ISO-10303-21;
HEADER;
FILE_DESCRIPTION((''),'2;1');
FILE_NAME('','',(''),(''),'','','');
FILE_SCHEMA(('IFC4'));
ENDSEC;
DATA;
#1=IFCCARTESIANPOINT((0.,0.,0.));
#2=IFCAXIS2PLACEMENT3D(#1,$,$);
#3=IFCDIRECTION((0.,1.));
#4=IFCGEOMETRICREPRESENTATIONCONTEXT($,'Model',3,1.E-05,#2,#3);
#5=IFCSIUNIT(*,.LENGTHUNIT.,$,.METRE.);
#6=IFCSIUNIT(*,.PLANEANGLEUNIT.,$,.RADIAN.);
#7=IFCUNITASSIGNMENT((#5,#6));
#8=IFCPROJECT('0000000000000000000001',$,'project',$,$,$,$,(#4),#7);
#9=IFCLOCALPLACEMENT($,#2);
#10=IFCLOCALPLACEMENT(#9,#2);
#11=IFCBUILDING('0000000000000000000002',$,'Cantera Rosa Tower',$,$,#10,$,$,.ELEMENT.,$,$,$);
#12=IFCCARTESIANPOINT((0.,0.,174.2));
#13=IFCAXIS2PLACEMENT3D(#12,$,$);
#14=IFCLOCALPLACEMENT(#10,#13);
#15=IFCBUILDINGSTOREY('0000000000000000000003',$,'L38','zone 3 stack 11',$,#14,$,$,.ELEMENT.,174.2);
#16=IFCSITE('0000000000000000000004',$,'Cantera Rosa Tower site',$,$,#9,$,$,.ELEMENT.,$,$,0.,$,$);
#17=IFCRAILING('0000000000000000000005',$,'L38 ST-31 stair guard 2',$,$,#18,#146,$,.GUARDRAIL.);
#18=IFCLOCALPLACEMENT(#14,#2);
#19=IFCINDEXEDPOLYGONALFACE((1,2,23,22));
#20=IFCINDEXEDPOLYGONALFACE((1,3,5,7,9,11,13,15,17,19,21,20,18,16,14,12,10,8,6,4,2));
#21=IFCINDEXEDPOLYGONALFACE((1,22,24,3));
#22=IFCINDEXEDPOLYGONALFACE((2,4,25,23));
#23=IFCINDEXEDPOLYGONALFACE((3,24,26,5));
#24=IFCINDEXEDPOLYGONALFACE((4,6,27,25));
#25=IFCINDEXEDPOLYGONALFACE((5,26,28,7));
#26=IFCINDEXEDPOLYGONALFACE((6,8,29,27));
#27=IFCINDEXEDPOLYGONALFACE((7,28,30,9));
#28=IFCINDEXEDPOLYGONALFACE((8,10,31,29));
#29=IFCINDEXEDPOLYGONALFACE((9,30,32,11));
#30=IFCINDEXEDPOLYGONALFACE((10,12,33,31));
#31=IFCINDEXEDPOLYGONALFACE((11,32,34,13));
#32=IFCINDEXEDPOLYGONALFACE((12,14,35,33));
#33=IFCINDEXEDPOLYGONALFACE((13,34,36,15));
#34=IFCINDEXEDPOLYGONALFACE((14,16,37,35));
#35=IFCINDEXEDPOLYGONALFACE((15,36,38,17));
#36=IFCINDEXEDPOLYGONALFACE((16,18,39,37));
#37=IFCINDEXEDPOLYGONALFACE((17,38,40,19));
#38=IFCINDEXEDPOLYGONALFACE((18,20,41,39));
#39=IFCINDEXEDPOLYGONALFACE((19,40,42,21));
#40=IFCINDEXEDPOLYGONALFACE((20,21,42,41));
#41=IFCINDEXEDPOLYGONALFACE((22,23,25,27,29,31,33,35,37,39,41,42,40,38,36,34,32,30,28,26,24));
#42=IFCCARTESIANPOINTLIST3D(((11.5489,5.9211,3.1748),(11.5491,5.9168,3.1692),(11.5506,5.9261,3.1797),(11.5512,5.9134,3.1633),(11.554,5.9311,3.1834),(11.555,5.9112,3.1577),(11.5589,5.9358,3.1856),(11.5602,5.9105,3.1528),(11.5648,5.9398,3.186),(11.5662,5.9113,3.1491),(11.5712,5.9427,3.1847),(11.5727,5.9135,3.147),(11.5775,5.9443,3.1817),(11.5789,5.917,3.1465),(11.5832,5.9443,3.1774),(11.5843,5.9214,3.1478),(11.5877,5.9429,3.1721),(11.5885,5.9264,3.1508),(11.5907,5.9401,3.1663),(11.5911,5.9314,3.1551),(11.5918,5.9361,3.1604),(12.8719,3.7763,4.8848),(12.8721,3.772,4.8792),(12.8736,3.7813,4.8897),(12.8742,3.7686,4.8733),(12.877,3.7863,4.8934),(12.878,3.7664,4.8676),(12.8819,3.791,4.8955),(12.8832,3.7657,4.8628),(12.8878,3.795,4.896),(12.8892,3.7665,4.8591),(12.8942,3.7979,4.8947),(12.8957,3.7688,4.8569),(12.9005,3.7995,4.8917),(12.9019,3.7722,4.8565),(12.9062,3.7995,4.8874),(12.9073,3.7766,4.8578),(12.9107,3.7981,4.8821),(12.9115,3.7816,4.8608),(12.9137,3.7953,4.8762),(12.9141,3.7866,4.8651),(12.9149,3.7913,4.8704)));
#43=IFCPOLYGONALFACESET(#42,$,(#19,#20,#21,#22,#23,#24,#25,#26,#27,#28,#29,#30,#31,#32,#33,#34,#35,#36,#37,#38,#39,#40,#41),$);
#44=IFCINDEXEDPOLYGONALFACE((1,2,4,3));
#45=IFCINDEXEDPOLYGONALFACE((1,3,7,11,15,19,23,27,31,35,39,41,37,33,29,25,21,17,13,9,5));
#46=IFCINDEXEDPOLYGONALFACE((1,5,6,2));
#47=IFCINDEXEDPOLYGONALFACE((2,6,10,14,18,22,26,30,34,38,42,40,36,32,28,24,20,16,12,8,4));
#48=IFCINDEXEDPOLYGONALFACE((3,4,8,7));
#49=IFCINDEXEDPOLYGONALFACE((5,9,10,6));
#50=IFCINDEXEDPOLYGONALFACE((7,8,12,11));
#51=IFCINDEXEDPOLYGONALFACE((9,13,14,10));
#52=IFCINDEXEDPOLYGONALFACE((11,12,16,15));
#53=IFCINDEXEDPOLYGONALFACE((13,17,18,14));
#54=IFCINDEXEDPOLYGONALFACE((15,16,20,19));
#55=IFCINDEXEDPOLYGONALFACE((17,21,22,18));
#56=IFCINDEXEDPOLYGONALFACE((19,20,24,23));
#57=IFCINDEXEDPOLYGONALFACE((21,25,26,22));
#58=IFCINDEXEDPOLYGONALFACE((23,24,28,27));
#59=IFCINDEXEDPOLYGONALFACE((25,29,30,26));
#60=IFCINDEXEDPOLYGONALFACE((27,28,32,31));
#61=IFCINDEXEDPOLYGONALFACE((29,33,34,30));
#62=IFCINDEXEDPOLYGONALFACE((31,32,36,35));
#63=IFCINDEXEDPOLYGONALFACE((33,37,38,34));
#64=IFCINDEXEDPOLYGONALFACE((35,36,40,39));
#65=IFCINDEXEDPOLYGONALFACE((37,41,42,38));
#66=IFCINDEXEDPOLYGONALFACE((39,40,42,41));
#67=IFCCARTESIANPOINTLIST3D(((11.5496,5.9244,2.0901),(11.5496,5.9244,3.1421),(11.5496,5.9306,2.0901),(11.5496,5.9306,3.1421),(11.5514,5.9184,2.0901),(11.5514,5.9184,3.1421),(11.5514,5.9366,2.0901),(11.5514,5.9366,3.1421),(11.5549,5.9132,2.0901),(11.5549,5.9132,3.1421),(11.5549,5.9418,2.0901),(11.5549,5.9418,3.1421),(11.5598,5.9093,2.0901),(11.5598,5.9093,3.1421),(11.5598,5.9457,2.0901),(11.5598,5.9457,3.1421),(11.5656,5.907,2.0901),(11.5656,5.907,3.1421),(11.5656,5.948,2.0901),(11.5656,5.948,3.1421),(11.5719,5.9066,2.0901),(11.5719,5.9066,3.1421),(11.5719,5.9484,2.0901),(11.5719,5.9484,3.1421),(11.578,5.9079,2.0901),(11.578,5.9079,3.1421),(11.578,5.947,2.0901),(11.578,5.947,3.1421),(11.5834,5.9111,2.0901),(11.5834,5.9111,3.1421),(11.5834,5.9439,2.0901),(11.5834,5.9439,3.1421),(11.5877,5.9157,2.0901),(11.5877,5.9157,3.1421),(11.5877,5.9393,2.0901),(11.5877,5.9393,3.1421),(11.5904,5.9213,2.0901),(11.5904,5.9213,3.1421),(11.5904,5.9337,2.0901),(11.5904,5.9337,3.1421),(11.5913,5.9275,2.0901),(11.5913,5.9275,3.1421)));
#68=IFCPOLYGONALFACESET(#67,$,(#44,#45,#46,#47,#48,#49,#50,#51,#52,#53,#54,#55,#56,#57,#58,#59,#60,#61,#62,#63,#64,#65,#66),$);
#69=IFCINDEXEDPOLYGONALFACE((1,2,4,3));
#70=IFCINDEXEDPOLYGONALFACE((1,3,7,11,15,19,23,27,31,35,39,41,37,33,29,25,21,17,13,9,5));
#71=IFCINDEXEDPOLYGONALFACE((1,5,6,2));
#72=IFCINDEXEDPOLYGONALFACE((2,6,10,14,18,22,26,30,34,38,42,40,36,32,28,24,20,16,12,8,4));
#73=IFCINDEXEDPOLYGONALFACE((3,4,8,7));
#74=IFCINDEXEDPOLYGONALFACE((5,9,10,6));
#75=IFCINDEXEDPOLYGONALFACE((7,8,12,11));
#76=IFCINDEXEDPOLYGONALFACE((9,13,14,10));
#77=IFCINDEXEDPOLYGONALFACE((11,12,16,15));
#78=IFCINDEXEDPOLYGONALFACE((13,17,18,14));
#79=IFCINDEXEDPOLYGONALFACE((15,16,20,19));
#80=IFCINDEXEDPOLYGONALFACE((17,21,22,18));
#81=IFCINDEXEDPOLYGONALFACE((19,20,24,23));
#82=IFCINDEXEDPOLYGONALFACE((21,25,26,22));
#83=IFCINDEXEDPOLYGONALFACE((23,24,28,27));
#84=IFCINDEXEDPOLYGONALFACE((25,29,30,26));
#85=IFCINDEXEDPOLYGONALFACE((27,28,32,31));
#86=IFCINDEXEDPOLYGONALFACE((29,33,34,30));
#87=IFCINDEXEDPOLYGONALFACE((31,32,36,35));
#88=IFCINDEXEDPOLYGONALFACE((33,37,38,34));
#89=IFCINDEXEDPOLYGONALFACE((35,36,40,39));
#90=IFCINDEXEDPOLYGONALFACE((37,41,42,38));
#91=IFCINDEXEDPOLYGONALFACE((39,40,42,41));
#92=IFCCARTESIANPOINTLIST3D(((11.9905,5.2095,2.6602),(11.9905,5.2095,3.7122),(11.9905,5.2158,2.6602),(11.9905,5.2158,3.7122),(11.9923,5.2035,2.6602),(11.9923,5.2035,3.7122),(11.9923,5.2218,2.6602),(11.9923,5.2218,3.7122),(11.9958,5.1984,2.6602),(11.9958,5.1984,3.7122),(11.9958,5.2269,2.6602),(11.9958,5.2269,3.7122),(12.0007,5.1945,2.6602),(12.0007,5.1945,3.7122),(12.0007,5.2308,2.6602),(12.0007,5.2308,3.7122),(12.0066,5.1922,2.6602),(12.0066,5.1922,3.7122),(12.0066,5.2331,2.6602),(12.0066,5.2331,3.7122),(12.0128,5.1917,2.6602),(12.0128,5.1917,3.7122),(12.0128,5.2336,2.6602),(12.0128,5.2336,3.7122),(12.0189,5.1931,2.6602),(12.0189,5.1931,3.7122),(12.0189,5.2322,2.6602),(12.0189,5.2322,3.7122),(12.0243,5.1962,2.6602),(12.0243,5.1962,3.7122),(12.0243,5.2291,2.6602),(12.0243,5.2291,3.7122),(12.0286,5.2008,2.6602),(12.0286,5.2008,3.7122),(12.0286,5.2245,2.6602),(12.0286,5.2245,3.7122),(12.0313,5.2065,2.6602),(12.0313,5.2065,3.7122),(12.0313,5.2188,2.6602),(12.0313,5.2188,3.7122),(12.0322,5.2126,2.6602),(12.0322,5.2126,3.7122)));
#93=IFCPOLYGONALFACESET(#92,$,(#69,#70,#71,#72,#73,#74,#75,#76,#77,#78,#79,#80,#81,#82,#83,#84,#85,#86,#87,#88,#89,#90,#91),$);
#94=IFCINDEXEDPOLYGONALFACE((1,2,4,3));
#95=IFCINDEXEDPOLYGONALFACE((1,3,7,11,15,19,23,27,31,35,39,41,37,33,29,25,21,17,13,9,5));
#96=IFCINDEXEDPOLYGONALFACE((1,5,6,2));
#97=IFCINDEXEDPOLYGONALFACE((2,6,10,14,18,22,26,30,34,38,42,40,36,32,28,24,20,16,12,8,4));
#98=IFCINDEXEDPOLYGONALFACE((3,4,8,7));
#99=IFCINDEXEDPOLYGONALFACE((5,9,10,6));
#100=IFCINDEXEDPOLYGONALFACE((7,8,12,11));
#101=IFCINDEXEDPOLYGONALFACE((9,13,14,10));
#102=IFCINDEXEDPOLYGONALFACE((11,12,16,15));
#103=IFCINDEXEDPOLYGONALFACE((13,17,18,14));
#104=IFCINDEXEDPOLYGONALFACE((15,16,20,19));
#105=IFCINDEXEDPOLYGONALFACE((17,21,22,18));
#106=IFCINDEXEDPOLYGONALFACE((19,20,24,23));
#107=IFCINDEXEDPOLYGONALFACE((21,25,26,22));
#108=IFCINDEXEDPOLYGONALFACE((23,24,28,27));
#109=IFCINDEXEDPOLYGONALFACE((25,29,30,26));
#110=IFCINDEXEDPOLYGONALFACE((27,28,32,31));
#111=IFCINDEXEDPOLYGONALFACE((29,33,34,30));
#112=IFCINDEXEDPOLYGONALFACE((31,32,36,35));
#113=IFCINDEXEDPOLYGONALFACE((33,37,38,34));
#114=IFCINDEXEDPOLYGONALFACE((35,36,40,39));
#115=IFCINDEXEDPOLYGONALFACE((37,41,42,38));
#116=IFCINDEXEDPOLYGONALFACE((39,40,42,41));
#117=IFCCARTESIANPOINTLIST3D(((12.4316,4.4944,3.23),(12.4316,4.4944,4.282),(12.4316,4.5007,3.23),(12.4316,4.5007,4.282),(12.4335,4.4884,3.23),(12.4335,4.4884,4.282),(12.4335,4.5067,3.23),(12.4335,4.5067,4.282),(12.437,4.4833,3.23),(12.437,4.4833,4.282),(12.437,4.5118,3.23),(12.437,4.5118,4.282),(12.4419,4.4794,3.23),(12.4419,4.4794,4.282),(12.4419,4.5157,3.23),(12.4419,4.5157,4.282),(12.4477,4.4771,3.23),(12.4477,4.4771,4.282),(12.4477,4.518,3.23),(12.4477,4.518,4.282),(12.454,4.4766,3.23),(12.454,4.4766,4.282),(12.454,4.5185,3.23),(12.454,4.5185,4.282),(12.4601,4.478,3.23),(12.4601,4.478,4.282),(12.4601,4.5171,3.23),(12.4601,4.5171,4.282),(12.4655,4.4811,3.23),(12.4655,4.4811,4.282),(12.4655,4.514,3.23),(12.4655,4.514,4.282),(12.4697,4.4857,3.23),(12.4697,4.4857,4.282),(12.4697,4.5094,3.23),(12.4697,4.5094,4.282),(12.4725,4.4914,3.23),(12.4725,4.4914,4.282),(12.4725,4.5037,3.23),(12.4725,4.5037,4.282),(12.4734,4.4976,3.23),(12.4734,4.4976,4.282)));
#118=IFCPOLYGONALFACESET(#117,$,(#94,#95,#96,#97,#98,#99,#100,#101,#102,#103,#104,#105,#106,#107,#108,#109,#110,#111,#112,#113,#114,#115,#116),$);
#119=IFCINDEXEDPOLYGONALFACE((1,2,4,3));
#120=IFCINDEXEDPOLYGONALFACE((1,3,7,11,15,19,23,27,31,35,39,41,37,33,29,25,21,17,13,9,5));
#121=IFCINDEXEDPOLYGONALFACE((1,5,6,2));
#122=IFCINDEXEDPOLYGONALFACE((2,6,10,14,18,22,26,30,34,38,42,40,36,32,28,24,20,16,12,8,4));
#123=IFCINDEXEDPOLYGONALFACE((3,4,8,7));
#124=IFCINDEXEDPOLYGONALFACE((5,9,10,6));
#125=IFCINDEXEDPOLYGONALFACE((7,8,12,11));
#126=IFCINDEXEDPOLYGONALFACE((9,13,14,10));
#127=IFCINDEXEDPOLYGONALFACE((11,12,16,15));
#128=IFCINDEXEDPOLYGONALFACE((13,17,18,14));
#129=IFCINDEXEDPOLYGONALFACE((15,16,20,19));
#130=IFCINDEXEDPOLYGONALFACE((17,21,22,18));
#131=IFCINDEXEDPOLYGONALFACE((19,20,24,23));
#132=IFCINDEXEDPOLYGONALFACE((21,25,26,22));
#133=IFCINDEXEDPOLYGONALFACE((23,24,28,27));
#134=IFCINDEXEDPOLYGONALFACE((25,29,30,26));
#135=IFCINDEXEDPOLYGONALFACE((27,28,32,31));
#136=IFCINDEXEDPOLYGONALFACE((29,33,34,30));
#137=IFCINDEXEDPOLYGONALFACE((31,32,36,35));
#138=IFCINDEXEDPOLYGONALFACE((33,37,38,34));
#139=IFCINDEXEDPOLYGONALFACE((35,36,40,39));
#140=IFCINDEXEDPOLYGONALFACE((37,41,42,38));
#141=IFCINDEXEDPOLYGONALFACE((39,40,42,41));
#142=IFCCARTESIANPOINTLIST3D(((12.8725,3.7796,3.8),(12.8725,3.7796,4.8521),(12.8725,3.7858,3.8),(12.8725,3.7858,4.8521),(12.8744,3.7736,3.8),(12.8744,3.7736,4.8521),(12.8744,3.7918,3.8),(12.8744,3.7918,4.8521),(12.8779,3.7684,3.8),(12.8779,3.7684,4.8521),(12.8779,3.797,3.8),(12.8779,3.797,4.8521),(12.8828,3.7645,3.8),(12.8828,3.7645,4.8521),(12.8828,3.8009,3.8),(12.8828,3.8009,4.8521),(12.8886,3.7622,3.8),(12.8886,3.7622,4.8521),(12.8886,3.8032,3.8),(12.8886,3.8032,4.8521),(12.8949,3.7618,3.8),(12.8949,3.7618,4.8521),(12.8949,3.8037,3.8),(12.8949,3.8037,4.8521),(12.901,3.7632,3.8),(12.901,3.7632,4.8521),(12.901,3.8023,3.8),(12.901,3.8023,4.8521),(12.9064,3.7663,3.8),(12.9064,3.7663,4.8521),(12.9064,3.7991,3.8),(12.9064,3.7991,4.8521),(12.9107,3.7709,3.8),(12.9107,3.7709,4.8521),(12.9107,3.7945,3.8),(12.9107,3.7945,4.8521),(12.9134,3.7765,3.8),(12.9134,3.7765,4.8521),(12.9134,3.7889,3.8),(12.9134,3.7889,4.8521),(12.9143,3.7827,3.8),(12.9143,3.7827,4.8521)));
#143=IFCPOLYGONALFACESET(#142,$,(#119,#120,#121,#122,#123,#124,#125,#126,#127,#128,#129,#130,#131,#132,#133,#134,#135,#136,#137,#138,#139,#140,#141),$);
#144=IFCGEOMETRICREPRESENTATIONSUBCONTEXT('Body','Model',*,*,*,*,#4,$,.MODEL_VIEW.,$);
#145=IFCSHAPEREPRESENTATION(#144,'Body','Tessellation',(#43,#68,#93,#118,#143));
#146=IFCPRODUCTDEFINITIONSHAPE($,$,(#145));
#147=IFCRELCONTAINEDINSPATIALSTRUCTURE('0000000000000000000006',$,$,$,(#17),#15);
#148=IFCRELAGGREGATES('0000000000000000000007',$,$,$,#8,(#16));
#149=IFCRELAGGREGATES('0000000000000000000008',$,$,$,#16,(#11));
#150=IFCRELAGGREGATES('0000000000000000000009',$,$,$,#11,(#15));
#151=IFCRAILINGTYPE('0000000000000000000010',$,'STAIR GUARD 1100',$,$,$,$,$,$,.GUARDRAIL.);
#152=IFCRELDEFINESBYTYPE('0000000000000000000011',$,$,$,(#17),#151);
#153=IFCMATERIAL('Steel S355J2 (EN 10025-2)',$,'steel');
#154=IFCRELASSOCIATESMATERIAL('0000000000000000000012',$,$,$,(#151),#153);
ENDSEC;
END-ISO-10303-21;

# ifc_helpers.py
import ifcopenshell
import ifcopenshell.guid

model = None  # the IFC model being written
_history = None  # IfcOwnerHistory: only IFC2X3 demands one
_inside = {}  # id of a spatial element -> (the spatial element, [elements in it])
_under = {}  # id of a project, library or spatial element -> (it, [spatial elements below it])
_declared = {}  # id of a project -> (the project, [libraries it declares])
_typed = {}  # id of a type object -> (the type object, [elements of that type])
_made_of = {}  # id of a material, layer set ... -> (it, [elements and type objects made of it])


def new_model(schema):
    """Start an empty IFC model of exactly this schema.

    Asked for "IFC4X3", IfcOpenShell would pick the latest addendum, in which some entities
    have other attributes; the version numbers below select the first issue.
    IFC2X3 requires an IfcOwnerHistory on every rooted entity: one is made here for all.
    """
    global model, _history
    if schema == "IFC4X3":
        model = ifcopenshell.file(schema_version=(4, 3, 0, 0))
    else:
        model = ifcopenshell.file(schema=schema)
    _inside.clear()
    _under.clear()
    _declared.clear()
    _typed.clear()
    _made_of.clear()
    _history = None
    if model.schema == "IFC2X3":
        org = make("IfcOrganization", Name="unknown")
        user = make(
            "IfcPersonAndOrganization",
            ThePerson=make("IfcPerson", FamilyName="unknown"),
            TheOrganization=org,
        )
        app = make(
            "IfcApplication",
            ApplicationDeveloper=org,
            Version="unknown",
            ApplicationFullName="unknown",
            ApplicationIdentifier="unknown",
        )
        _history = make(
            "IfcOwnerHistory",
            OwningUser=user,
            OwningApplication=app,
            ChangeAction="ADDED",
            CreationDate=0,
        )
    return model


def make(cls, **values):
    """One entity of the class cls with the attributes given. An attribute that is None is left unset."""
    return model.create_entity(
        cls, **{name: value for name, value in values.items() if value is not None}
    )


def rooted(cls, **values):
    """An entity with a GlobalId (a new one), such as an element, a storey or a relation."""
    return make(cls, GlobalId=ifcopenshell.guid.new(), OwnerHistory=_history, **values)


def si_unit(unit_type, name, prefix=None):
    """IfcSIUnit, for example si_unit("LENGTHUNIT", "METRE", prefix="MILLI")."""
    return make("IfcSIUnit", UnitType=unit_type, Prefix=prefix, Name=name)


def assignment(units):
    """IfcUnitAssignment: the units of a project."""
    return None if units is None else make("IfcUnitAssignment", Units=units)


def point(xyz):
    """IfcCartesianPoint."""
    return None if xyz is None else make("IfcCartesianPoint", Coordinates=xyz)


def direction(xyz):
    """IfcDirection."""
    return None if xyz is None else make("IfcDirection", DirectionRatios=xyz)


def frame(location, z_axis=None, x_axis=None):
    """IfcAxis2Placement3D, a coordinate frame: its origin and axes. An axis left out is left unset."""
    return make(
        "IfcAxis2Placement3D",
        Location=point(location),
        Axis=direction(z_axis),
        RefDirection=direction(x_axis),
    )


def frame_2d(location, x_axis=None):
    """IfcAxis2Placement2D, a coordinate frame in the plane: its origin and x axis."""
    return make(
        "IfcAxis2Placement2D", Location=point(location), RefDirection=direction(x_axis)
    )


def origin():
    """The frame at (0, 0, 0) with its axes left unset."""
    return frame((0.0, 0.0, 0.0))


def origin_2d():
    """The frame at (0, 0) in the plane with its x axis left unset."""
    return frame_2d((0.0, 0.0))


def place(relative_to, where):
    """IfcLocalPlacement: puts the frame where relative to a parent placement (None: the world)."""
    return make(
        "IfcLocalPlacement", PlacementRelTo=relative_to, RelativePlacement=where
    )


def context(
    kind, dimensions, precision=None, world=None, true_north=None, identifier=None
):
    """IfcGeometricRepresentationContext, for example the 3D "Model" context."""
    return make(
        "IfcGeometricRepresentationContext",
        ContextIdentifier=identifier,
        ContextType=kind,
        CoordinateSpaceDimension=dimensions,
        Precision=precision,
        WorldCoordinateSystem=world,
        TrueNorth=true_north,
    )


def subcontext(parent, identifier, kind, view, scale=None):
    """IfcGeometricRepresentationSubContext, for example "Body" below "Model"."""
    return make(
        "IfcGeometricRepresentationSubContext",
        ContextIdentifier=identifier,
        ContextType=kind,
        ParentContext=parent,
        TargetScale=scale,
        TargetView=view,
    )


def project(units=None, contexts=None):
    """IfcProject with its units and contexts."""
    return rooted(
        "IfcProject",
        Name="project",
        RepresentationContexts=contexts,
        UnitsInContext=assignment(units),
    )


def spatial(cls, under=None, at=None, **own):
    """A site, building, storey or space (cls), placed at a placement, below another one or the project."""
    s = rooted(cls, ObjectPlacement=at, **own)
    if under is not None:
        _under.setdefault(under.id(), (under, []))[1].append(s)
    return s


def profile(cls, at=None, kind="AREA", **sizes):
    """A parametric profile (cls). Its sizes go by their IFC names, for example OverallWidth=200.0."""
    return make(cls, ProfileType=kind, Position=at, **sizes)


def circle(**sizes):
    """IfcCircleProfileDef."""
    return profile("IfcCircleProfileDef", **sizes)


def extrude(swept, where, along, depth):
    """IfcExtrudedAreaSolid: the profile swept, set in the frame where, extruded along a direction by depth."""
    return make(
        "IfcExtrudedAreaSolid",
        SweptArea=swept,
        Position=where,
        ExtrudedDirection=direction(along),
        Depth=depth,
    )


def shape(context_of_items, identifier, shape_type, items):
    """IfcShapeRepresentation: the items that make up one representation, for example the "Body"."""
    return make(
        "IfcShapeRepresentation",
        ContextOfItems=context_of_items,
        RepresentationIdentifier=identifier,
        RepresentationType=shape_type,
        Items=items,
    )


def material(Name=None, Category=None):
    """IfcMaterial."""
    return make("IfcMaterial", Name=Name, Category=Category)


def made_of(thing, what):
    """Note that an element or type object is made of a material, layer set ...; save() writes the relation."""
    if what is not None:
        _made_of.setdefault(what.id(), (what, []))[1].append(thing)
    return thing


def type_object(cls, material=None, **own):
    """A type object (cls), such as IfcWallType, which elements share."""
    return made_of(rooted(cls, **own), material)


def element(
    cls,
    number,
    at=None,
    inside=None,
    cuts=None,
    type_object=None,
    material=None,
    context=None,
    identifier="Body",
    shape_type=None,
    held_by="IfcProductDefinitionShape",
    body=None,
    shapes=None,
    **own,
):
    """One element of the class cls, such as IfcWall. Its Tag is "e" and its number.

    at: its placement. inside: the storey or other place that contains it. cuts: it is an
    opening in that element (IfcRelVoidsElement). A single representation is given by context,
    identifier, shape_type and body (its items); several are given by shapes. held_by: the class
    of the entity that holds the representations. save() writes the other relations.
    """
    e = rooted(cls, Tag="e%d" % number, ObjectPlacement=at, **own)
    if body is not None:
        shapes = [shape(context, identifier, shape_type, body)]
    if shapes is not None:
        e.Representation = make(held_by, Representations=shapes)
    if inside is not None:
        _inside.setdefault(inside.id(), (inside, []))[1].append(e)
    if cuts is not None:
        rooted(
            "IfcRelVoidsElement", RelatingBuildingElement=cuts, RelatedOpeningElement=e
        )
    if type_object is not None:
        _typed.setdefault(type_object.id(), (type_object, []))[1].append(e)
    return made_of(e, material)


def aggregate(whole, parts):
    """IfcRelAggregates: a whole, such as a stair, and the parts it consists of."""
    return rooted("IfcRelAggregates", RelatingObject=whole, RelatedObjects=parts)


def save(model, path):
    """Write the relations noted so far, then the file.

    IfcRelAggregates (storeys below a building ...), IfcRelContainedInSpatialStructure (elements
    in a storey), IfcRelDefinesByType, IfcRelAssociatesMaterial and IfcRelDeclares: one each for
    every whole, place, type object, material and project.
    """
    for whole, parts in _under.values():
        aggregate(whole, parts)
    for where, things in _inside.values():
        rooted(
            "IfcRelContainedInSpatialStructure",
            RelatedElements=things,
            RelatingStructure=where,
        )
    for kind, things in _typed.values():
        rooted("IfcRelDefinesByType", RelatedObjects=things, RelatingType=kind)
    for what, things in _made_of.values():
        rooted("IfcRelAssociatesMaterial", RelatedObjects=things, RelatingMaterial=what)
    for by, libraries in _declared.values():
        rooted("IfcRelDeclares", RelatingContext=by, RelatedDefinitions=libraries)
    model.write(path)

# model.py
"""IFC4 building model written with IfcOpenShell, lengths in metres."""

from ifc_helpers import new_model, si_unit, direction, frame, origin, origin_2d, place, context, subcontext, project, spatial, circle, extrude, material, type_object, element, save


model = new_model("IFC4")

# Units and contexts
model_context = context("Model", 3, precision=1e-05, world=origin(), true_north=direction((0.0, 1.0)))
body_context = subcontext(model_context, "Body", "Model", "MODEL_VIEW")
ifc_project = project(units=[si_unit("LENGTHUNIT", "METRE"), si_unit("PLANEANGLEUNIT", "RADIAN")], contexts=[model_context])

# Site, building, storey
site_placement = place(None, origin())
site = spatial("IfcSite", under=ifc_project, at=site_placement, Name="Cantera Rosa Tower site", CompositionType="ELEMENT", RefElevation=0.0)
building_placement = place(site_placement, origin())
building = spatial("IfcBuilding", under=site, at=building_placement, Name="Cantera Rosa Tower", CompositionType="ELEMENT")
storey_placement = place(building_placement, frame((0.0, 0.0, 174.2)))
storey = spatial("IfcBuildingStorey", under=building, at=storey_placement, Name="L38", Description="zone 3 stack 11", CompositionType="ELEMENT", Elevation=174.2)

# Railing
ifc_material_1 = material(Name="Steel S355J2 (EN 10025-2)", Category="steel")
railing_type_1 = type_object("IfcRailingType", Name="STAIR GUARD 1100", PredefinedType="GUARDRAIL", material=ifc_material_1)
railing_1_placement = place(storey_placement, frame((11.5703, 5.9275, 2.0901)))
element("IfcRailing", 1, at=railing_1_placement, inside=storey, type_object=railing_type_1, Name="L38 ST-31 stair guard 2", PredefinedType="GUARDRAIL", context=body_context, shape_type="SweptSolid", body=[
    extrude(circle(Radius=0.0239, at=origin_2d()), frame((0.0, 0.0, 1.0762), z_axis=(0.434428, -0.704271, 0.561493), x_axis=(0.851102, 0.525, 0.0)), (0.0, 0.0, 1.0), 3.0454),
    extrude(circle(Radius=0.021, at=origin_2d()), origin(), (0.0, 0.0, 1.0), 1.052),
    extrude(circle(Radius=0.021, at=origin_2d()), frame((0.4409, -0.7148, 0.5701)), (0.0, 0.0, 1.0), 1.052),
    extrude(circle(Radius=0.021, at=origin_2d()), frame((0.8821, -1.4299, 1.1399)), (0.0, 0.0, 1.0), 1.052),
    extrude(circle(Radius=0.021, at=origin_2d()), frame((1.323, -2.1448, 1.71)), (0.0, 0.0, 1.0), 1.052),
])

save(model, "model.ifc")
